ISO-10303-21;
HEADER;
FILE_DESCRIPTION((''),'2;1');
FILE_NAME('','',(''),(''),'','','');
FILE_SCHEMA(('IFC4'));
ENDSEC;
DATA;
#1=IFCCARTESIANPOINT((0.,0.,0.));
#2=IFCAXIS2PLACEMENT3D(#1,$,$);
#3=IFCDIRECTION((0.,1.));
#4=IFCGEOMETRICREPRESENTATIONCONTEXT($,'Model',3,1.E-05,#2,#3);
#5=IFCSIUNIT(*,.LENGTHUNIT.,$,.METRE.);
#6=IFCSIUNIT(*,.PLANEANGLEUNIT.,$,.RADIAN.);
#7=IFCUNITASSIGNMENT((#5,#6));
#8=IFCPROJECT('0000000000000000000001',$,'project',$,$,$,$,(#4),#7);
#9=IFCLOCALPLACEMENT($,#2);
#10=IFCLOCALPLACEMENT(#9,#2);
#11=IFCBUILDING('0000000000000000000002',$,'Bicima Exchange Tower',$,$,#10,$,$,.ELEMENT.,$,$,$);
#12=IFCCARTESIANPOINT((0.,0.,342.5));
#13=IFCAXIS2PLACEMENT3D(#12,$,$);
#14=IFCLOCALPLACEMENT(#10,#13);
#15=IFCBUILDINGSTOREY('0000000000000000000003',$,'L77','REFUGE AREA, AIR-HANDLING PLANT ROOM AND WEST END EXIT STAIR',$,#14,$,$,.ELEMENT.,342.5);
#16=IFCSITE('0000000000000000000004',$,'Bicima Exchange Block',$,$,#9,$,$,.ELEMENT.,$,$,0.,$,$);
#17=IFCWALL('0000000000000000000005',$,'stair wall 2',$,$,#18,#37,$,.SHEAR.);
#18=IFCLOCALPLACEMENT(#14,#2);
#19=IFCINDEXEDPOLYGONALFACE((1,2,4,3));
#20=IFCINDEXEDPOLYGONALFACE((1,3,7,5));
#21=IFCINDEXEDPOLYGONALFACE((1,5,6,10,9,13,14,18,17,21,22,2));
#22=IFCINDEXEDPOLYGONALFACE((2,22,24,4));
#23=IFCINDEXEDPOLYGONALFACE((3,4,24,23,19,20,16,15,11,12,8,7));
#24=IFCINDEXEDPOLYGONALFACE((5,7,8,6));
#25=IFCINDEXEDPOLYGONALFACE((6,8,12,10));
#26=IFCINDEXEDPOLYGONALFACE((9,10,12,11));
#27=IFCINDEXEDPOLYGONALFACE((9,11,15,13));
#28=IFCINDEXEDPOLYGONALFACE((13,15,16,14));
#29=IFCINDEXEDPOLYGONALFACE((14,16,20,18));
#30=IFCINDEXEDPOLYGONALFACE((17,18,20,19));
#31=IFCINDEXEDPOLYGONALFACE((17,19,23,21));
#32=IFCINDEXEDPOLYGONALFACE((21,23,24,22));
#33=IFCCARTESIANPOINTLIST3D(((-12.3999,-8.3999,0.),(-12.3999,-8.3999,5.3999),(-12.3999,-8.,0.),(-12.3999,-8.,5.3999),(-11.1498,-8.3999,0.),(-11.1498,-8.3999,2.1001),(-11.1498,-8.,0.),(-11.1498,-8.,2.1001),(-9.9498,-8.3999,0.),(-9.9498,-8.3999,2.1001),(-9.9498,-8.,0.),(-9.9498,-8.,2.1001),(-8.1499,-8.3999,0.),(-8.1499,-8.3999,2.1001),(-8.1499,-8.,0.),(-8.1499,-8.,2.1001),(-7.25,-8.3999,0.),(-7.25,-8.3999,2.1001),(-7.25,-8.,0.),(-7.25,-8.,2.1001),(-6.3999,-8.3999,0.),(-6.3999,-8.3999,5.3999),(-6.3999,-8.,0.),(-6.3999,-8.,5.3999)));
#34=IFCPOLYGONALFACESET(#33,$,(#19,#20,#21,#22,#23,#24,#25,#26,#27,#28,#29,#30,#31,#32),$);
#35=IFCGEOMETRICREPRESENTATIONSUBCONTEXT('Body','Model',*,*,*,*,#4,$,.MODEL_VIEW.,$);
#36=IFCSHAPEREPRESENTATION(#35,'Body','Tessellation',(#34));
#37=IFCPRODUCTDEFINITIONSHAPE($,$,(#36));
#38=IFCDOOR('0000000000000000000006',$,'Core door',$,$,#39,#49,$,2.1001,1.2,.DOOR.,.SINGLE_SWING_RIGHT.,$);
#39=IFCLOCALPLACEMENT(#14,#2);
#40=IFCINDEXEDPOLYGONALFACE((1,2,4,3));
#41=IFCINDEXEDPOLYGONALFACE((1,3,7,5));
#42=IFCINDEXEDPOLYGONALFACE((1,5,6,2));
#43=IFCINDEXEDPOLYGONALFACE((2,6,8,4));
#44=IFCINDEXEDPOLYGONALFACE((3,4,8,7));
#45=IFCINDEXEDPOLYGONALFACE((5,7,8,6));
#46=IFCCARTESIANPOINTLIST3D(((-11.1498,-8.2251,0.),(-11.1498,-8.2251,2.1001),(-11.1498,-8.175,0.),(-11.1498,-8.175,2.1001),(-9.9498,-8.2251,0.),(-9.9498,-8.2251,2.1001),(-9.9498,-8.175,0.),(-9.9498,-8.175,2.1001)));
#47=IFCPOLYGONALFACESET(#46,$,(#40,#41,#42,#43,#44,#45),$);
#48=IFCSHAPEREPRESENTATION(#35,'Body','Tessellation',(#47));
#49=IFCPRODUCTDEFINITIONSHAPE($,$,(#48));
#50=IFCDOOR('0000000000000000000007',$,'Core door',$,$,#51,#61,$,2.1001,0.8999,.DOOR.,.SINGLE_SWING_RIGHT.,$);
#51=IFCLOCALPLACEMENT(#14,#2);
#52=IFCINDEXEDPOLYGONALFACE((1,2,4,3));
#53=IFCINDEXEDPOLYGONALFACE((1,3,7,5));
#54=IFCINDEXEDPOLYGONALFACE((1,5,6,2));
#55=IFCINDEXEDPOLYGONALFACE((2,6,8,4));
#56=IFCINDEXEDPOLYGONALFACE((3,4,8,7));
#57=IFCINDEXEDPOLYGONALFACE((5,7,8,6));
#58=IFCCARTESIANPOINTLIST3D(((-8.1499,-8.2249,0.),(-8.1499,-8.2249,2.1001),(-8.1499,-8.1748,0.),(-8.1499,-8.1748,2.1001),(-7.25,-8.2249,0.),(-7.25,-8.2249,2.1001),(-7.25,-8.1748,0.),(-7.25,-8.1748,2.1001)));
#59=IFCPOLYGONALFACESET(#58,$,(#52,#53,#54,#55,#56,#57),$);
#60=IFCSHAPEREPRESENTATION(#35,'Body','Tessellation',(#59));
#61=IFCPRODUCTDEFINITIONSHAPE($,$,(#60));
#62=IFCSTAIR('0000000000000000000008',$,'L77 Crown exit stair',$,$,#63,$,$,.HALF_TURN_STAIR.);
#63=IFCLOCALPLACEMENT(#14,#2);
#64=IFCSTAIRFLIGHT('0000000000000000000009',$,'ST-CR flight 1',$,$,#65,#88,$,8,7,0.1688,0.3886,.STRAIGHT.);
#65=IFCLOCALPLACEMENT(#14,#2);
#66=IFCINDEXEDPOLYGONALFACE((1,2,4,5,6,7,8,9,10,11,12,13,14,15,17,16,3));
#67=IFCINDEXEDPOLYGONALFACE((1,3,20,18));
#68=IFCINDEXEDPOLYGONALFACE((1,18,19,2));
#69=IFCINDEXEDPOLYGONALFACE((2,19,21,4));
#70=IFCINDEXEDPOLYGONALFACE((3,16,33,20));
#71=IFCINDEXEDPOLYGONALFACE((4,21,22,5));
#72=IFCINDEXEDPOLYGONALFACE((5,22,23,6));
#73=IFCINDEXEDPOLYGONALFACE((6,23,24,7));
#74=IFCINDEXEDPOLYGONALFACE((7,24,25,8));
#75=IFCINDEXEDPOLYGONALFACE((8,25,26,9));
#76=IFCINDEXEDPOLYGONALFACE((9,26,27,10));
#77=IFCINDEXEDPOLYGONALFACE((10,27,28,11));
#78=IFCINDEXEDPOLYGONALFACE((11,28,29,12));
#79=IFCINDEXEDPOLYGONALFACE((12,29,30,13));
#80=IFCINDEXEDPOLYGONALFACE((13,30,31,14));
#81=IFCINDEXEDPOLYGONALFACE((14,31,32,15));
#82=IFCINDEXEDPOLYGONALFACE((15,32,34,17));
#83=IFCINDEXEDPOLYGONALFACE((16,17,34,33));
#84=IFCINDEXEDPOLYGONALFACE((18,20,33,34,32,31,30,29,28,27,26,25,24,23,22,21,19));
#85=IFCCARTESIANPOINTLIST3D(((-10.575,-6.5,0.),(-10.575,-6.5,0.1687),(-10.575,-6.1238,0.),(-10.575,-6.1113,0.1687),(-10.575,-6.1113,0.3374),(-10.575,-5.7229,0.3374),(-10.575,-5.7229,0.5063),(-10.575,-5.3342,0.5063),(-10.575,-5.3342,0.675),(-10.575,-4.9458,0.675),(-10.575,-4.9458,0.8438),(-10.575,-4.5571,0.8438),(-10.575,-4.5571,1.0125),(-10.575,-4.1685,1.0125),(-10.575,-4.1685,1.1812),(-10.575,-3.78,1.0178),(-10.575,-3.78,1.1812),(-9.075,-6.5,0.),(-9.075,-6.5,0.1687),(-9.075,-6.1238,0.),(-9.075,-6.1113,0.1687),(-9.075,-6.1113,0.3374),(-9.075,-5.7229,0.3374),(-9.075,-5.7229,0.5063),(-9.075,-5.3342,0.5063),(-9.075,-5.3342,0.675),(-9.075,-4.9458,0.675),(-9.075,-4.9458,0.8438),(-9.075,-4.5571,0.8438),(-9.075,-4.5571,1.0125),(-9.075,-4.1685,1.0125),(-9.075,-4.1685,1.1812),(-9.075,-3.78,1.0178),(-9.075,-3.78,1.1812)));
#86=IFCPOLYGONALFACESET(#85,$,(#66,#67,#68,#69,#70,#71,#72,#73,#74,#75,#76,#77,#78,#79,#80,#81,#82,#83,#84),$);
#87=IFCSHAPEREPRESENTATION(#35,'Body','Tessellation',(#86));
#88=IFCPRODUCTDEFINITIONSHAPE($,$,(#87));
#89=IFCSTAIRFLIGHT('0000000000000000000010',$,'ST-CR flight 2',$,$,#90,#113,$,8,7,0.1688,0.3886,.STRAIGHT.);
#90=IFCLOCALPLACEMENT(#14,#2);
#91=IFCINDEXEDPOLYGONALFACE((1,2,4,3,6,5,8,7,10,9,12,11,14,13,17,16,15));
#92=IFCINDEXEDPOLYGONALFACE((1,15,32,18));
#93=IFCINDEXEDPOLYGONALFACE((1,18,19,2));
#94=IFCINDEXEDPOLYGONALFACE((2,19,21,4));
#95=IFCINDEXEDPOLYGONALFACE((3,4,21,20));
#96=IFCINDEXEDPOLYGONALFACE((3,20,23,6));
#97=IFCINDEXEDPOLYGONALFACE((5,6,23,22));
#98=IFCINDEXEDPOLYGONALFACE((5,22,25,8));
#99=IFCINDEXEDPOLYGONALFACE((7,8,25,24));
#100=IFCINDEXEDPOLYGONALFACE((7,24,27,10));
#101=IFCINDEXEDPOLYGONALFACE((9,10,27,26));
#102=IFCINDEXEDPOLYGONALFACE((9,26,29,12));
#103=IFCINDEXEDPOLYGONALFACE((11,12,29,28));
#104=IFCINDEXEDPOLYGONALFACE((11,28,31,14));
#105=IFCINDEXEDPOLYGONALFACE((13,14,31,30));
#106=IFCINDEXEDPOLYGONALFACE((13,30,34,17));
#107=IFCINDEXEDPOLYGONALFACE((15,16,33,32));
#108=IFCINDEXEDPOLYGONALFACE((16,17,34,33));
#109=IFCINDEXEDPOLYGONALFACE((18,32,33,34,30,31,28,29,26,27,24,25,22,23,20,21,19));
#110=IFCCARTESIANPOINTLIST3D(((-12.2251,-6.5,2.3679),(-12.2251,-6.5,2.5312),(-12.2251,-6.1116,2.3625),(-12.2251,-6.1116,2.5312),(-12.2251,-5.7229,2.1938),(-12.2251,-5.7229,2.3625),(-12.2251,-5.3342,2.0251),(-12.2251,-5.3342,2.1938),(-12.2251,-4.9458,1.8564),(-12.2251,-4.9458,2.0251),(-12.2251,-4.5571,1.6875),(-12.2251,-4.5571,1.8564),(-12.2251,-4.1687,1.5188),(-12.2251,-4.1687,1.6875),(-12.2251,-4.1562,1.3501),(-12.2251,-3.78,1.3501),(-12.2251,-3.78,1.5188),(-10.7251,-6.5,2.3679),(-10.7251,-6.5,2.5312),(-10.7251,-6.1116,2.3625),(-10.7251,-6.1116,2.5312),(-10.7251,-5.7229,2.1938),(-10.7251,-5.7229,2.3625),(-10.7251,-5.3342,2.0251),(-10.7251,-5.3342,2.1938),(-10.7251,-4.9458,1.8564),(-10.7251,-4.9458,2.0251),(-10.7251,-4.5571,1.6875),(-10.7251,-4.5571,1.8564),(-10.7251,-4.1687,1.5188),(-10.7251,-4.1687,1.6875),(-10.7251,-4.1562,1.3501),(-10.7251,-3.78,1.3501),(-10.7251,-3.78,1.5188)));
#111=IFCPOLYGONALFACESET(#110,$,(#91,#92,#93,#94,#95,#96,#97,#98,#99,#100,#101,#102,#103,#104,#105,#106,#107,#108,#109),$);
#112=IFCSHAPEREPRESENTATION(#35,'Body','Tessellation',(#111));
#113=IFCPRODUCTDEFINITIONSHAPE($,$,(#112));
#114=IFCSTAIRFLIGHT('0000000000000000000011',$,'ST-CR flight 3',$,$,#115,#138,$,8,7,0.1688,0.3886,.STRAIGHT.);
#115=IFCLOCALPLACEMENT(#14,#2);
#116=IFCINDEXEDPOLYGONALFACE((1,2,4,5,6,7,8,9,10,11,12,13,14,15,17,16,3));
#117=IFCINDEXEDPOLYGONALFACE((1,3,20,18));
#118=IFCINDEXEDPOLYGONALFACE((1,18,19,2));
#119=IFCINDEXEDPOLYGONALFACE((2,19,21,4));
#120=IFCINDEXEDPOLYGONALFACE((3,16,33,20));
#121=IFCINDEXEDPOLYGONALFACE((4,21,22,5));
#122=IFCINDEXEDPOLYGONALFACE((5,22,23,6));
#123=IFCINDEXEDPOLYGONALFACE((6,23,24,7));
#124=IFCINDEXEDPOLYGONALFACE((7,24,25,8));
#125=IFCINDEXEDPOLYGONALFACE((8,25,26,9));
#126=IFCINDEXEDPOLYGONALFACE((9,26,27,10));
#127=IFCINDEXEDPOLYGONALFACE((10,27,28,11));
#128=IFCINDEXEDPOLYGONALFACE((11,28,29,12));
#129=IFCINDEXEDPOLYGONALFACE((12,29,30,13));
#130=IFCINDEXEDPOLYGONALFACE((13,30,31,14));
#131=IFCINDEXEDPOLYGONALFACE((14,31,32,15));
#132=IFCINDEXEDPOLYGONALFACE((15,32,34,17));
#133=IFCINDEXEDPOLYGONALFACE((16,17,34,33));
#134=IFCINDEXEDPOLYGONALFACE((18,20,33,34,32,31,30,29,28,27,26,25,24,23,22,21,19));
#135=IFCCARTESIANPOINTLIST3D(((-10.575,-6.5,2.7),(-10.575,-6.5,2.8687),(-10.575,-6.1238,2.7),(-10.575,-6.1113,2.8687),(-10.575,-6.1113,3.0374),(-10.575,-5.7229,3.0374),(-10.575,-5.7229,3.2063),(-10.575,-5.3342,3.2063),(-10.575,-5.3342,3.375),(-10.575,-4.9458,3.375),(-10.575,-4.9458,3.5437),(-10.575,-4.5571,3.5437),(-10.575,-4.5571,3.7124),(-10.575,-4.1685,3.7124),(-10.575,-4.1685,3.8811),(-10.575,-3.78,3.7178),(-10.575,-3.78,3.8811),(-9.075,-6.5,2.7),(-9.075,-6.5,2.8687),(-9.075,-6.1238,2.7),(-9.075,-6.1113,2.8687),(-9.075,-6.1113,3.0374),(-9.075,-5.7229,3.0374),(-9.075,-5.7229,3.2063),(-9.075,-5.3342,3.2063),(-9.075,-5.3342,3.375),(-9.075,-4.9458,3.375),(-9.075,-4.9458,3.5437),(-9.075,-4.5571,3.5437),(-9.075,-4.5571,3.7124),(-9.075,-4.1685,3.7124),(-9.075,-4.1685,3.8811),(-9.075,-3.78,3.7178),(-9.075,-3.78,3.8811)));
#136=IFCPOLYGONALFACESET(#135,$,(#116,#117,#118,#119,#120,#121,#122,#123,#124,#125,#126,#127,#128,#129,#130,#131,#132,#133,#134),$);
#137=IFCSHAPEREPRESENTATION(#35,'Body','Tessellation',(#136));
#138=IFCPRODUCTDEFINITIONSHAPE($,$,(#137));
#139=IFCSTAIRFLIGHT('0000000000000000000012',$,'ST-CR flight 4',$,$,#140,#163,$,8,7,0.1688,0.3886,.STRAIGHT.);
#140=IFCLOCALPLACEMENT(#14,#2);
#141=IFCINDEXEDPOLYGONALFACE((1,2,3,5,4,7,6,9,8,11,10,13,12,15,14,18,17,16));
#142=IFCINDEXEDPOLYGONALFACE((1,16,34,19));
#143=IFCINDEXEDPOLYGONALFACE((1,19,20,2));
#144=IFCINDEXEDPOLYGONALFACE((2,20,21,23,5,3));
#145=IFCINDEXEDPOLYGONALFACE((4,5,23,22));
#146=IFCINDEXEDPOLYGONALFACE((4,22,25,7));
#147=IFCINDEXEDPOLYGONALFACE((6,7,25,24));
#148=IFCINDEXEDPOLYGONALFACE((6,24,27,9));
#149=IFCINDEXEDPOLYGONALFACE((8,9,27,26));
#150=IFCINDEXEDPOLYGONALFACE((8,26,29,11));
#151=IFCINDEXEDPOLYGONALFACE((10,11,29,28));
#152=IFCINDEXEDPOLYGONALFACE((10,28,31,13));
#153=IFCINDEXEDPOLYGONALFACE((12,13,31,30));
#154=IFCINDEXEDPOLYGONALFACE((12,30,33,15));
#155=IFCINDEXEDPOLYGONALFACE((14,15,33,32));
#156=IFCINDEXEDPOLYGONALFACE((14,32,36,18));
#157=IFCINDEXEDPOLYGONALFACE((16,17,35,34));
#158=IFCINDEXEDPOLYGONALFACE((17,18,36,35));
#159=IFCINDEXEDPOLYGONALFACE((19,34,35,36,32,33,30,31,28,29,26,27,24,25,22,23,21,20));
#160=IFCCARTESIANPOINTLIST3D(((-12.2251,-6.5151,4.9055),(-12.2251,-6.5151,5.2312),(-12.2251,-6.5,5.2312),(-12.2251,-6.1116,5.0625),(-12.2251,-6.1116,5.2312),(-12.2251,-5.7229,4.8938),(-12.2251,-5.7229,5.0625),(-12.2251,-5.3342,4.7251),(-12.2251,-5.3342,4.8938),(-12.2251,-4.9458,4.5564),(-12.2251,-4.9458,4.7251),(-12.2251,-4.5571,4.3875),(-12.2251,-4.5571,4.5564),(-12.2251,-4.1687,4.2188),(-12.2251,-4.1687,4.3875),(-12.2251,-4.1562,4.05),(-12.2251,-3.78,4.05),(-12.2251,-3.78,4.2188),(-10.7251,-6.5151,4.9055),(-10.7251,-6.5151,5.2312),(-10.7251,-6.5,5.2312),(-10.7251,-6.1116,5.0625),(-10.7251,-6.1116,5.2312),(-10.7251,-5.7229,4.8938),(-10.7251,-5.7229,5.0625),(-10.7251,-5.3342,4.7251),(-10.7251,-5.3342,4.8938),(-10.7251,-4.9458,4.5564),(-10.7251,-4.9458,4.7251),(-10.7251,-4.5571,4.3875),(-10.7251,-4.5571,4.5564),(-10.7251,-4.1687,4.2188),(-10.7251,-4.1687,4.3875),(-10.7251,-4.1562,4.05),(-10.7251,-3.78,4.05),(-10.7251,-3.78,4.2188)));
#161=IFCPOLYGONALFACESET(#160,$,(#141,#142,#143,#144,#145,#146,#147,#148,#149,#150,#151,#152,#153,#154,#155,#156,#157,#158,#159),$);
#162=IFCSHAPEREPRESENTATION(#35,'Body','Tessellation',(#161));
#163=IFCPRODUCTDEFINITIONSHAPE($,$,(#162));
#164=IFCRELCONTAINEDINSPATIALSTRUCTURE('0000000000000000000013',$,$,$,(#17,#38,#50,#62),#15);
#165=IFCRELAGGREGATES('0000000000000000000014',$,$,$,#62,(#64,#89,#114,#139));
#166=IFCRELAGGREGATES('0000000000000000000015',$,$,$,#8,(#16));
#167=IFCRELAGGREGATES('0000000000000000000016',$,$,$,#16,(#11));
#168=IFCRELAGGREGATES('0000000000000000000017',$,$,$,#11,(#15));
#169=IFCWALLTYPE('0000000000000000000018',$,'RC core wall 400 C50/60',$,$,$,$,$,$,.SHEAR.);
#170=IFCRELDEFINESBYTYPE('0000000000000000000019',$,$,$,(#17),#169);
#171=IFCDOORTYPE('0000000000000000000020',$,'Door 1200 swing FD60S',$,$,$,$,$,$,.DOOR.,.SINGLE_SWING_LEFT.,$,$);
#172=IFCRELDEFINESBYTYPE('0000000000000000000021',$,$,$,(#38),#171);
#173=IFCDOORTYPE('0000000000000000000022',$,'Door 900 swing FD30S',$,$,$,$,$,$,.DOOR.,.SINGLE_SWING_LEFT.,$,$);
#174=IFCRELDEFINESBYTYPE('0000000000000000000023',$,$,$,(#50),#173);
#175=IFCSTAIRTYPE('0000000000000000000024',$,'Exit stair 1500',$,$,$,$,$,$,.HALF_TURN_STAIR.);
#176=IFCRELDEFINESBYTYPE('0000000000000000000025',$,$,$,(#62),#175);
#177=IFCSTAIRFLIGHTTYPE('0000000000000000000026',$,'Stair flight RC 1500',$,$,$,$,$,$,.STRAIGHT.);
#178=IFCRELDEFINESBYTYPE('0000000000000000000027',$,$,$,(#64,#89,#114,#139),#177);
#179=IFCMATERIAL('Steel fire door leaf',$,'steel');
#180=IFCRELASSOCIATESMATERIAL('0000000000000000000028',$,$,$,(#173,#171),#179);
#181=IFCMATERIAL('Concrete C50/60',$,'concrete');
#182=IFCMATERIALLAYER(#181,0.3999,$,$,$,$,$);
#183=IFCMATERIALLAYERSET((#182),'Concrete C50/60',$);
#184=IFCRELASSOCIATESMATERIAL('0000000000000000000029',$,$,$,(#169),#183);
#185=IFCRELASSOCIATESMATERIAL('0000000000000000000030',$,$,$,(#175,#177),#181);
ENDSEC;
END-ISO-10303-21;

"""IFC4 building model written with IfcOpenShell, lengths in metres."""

from ifc_helpers import new_model, si_unit, direction, frame, frame_2d, origin, place, context, subcontext, project, spatial, polyline, rectangle, outline, extrude, material, layer, layer_set, type_object, element, fill, aggregate, save


model = new_model("IFC4")

# Units and contexts
model_context = context("Model", 3, precision=1e-05, world=origin(), true_north=direction((0.0, 1.0)))
body_context = subcontext(model_context, "Body", "Model", "MODEL_VIEW")
ifc_project = project(units=[si_unit("LENGTHUNIT", "METRE"), si_unit("PLANEANGLEUNIT", "RADIAN")], contexts=[model_context])

# Site, building, storey
site_placement = place(None, origin())
site = spatial("IfcSite", under=ifc_project, at=site_placement, Name="Bicima Exchange Block", CompositionType="ELEMENT", RefElevation=0.0)
building_placement = place(site_placement, origin())
building = spatial("IfcBuilding", under=site, at=building_placement, Name="Bicima Exchange Tower", CompositionType="ELEMENT")
storey_placement = place(building_placement, frame((0.0, 0.0, 342.5)))
storey = spatial("IfcBuildingStorey", under=building, at=storey_placement, Name="L77", Description="REFUGE AREA, AIR-HANDLING PLANT ROOM AND WEST END EXIT STAIR", CompositionType="ELEMENT", Elevation=342.5)

# Shared definitions
ifc_material_1 = material(Name="Steel fire door leaf", Category="steel")
door_type_1 = type_object("IfcDoorType", Name="Door 900 swing FD30S", OperationType="SINGLE_SWING_LEFT", PredefinedType="DOOR", material=ifc_material_1)

# Wall, openings, doors
ifc_material_2 = material(Name="Concrete C50/60", Category="concrete")
ifc_layer_1 = layer(ifc_material_2, 0.3999)
ifc_layer_set_1 = layer_set([ifc_layer_1], Name="Concrete C50/60")
wall_type_1 = type_object("IfcWallType", Name="RC core wall 400 C50/60", PredefinedType="SHEAR", material=ifc_layer_set_1)
wall_1_placement = place(storey_placement, frame((-12.3999, -8.2, 0.0), z_axis=(0.0, 0.0, 1.0), x_axis=(1.0, 0.0, 0.0)))
wall_1 = element("IfcWall", 1, at=wall_1_placement, inside=storey, type_object=wall_type_1, Name="stair wall 2", PredefinedType="SHEAR", context=body_context, shape_type="SweptSolid", body=[
    extrude(rectangle(XDim=6.0, YDim=0.3999, at=frame_2d((3.0, 0.0))), origin(), (0.0, 0.0, 1.0), 5.3999),
])
opening_1_placement = place(wall_1_placement, frame((1.25, 0.0, 0.0)))
opening_1 = element("IfcOpeningElement", 2, at=opening_1_placement, cuts=wall_1, PredefinedType="OPENING", context=body_context, shape_type="SweptSolid", body=[
    extrude(rectangle(XDim=1.2, YDim=2.1001, at=frame_2d((0.6001, 1.05))), frame((0.0, 0.2119, 0.0), z_axis=(0.0, -1.0, 0.0), x_axis=(1.0, 0.0, 0.0)), (0.0, 0.0, 1.0), 0.4238),
])
opening_2_placement = place(wall_1_placement, frame((4.25, 0.0, 0.0)))
opening_2 = element("IfcOpeningElement", 3, at=opening_2_placement, cuts=wall_1, PredefinedType="OPENING", context=body_context, shape_type="SweptSolid", body=[
    extrude(rectangle(XDim=0.8999, YDim=2.1001, at=frame_2d((0.45, 1.05))), frame((0.0, 0.2119, 0.0), z_axis=(0.0, -1.0, 0.0), x_axis=(1.0, 0.0, 0.0)), (0.0, 0.0, 1.0), 0.4238),
])
door_type_2 = type_object("IfcDoorType", Name="Door 1200 swing FD60S", OperationType="SINGLE_SWING_LEFT", PredefinedType="DOOR", material=ifc_material_1)
door_1_placement = place(opening_1_placement, origin())
door_1 = element("IfcDoor", 4, at=door_1_placement, inside=storey, type_object=door_type_2, Name="Core door", OperationType="SINGLE_SWING_RIGHT", OverallHeight=2.1001, OverallWidth=1.2, PredefinedType="DOOR", context=body_context, shape_type="SweptSolid", body=[
    extrude(rectangle(XDim=1.2, YDim=2.1001, at=frame_2d((0.6001, 1.05))), frame((0.0, 0.0249, 0.0), z_axis=(0.0, -1.0, 0.0), x_axis=(1.0, 0.0, 0.0)), (0.0, 0.0, 1.0), 0.05),
])
fill(opening_1, door_1)
door_2_placement = place(opening_2_placement, frame((0.8999, 0.0, 0.0), z_axis=(0.0, 0.0, 1.0), x_axis=(-1.0, 0.0, 0.0)))
door_2 = element("IfcDoor", 5, at=door_2_placement, inside=storey, type_object=door_type_1, Name="Core door", OperationType="SINGLE_SWING_RIGHT", OverallHeight=2.1001, OverallWidth=0.8999, PredefinedType="DOOR", context=body_context, shape_type="SweptSolid", body=[
    extrude(rectangle(XDim=0.8999, YDim=2.1001, at=frame_2d((0.45, 1.05))), frame((0.0, 0.0249, 0.0), z_axis=(0.0, -1.0, 0.0), x_axis=(1.0, 0.0, 0.0)), (0.0, 0.0, 1.0), 0.05),
])
fill(opening_2, door_2)

# Stair, stair flights
stair_type = type_object("IfcStairType", Name="Exit stair 1500", PredefinedType="HALF_TURN_STAIR", material=ifc_material_2)
stair_placement = place(storey_placement, origin())
stair = element("IfcStair", 6, at=stair_placement, inside=storey, type_object=stair_type, Name="L77 Crown exit stair", PredefinedType="HALF_TURN_STAIR")
stair_flight_type = type_object("IfcStairFlightType", Name="Stair flight RC 1500", PredefinedType="STRAIGHT", material=ifc_material_2)
stair_flight_1_placement = place(storey_placement, frame((-9.825, -6.5, 0.0), z_axis=(0.0, 0.0, 1.0), x_axis=(0.0, 1.0, 0.0)))
stair_flight_1 = element("IfcStairFlight", 7, at=stair_flight_1_placement, type_object=stair_flight_type, Name="ST-CR flight 1", NumberOfRisers=8, NumberOfTreads=7, PredefinedType="STRAIGHT", RiserHeight=0.1688, TreadLength=0.3886, context=body_context, shape_type="SweptSolid", body=[
    extrude(outline(polyline([(0.0, 0.0), (0.0, 0.1687), (0.3887, 0.1687), (0.3887, 0.3374), (0.7771, 0.3374), (0.7771, 0.5063), (1.1658, 0.5063), (1.1658, 0.675), (1.5542, 0.675), (1.5542, 0.8438), (1.9429, 0.8438), (1.9429, 1.0125), (2.3315, 1.0125), (2.3315, 1.1812), (2.72, 1.1812), (2.72, 1.3501), (2.72, 1.0178), (0.3762, 0.0), (0.0, 0.0)])), frame((0.0, 0.75, 0.0), z_axis=(0.0, -1.0, 0.0), x_axis=(1.0, 0.0, 0.0)), (0.0, 0.0, 1.0), 1.5),
])
stair_flight_2_placement = place(storey_placement, frame((-11.4751, -3.78, 1.3501), z_axis=(0.0, 0.0, 1.0), x_axis=(0.0, -1.0, 0.0)))
stair_flight_2 = element("IfcStairFlight", 8, at=stair_flight_2_placement, type_object=stair_flight_type, Name="ST-CR flight 2", NumberOfRisers=8, NumberOfTreads=7, PredefinedType="STRAIGHT", RiserHeight=0.1688, TreadLength=0.3886, context=body_context, shape_type="SweptSolid", body=[
    extrude(outline(polyline([(0.0, 0.0), (0.0, 0.1687), (0.3887, 0.1687), (0.3887, 0.3374), (0.7771, 0.3374), (0.7771, 0.5063), (1.1658, 0.5063), (1.1658, 0.675), (1.5542, 0.675), (1.5542, 0.8438), (1.9429, 0.8438), (1.9429, 1.0125), (2.3315, 1.0125), (2.3315, 1.1812), (2.72, 1.1812), (2.72, 1.3501), (2.72, 1.0178), (0.3762, 0.0), (0.0, 0.0)])), frame((0.0, 0.75, 0.0), z_axis=(0.0, -1.0, 0.0), x_axis=(1.0, 0.0, 0.0)), (0.0, 0.0, 1.0), 1.5),
])
stair_flight_3_placement = place(storey_placement, frame((-9.825, -6.5, 2.7), z_axis=(0.0, 0.0, 1.0), x_axis=(0.0, 1.0, 0.0)))
stair_flight_3 = element("IfcStairFlight", 9, at=stair_flight_3_placement, type_object=stair_flight_type, Name="ST-CR flight 3", NumberOfRisers=8, NumberOfTreads=7, PredefinedType="STRAIGHT", RiserHeight=0.1688, TreadLength=0.3886, context=body_context, shape_type="SweptSolid", body=[
    extrude(outline(polyline([(0.0, 0.0), (0.0, 0.1687), (0.3887, 0.1687), (0.3887, 0.3374), (0.7771, 0.3374), (0.7771, 0.5063), (1.1658, 0.5063), (1.1658, 0.675), (1.5542, 0.675), (1.5542, 0.8438), (1.9429, 0.8438), (1.9429, 1.0125), (2.3315, 1.0125), (2.3315, 1.1812), (2.72, 1.1812), (2.72, 1.3501), (2.72, 1.0178), (0.3762, 0.0), (0.0, 0.0)])), frame((0.0, 0.75, 0.0), z_axis=(0.0, -1.0, 0.0), x_axis=(1.0, 0.0, 0.0)), (0.0, 0.0, 1.0), 1.5),
])
stair_flight_4_placement = place(storey_placement, frame((-11.4751, -3.78, 4.05), z_axis=(0.0, 0.0, 1.0), x_axis=(0.0, -1.0, 0.0)))
stair_flight_4 = element("IfcStairFlight", 10, at=stair_flight_4_placement, type_object=stair_flight_type, Name="ST-CR flight 4", NumberOfRisers=8, NumberOfTreads=7, PredefinedType="STRAIGHT", RiserHeight=0.1688, TreadLength=0.3886, context=body_context, shape_type="SweptSolid", body=[
    extrude(outline(polyline([(0.0, 0.0), (0.0, 0.1687), (0.3887, 0.1687), (0.3887, 0.3374), (0.7771, 0.3374), (0.7771, 0.5063), (1.1658, 0.5063), (1.1658, 0.675), (1.5542, 0.675), (1.5542, 0.8438), (1.9429, 0.8438), (1.9429, 1.0125), (2.3315, 1.0125), (2.3315, 1.1812), (2.72, 1.1812), (2.7351, 1.1812), (2.7351, 0.8555), (0.3762, 0.0), (0.0, 0.0)])), frame((0.0, 0.75, 0.0), z_axis=(0.0, -1.0, 0.0), x_axis=(1.0, 0.0, 0.0)), (0.0, 0.0, 1.0), 1.5),
])
aggregate(stair, [stair_flight_1, stair_flight_2, stair_flight_3, stair_flight_4])

save(model, "model.ifc")
